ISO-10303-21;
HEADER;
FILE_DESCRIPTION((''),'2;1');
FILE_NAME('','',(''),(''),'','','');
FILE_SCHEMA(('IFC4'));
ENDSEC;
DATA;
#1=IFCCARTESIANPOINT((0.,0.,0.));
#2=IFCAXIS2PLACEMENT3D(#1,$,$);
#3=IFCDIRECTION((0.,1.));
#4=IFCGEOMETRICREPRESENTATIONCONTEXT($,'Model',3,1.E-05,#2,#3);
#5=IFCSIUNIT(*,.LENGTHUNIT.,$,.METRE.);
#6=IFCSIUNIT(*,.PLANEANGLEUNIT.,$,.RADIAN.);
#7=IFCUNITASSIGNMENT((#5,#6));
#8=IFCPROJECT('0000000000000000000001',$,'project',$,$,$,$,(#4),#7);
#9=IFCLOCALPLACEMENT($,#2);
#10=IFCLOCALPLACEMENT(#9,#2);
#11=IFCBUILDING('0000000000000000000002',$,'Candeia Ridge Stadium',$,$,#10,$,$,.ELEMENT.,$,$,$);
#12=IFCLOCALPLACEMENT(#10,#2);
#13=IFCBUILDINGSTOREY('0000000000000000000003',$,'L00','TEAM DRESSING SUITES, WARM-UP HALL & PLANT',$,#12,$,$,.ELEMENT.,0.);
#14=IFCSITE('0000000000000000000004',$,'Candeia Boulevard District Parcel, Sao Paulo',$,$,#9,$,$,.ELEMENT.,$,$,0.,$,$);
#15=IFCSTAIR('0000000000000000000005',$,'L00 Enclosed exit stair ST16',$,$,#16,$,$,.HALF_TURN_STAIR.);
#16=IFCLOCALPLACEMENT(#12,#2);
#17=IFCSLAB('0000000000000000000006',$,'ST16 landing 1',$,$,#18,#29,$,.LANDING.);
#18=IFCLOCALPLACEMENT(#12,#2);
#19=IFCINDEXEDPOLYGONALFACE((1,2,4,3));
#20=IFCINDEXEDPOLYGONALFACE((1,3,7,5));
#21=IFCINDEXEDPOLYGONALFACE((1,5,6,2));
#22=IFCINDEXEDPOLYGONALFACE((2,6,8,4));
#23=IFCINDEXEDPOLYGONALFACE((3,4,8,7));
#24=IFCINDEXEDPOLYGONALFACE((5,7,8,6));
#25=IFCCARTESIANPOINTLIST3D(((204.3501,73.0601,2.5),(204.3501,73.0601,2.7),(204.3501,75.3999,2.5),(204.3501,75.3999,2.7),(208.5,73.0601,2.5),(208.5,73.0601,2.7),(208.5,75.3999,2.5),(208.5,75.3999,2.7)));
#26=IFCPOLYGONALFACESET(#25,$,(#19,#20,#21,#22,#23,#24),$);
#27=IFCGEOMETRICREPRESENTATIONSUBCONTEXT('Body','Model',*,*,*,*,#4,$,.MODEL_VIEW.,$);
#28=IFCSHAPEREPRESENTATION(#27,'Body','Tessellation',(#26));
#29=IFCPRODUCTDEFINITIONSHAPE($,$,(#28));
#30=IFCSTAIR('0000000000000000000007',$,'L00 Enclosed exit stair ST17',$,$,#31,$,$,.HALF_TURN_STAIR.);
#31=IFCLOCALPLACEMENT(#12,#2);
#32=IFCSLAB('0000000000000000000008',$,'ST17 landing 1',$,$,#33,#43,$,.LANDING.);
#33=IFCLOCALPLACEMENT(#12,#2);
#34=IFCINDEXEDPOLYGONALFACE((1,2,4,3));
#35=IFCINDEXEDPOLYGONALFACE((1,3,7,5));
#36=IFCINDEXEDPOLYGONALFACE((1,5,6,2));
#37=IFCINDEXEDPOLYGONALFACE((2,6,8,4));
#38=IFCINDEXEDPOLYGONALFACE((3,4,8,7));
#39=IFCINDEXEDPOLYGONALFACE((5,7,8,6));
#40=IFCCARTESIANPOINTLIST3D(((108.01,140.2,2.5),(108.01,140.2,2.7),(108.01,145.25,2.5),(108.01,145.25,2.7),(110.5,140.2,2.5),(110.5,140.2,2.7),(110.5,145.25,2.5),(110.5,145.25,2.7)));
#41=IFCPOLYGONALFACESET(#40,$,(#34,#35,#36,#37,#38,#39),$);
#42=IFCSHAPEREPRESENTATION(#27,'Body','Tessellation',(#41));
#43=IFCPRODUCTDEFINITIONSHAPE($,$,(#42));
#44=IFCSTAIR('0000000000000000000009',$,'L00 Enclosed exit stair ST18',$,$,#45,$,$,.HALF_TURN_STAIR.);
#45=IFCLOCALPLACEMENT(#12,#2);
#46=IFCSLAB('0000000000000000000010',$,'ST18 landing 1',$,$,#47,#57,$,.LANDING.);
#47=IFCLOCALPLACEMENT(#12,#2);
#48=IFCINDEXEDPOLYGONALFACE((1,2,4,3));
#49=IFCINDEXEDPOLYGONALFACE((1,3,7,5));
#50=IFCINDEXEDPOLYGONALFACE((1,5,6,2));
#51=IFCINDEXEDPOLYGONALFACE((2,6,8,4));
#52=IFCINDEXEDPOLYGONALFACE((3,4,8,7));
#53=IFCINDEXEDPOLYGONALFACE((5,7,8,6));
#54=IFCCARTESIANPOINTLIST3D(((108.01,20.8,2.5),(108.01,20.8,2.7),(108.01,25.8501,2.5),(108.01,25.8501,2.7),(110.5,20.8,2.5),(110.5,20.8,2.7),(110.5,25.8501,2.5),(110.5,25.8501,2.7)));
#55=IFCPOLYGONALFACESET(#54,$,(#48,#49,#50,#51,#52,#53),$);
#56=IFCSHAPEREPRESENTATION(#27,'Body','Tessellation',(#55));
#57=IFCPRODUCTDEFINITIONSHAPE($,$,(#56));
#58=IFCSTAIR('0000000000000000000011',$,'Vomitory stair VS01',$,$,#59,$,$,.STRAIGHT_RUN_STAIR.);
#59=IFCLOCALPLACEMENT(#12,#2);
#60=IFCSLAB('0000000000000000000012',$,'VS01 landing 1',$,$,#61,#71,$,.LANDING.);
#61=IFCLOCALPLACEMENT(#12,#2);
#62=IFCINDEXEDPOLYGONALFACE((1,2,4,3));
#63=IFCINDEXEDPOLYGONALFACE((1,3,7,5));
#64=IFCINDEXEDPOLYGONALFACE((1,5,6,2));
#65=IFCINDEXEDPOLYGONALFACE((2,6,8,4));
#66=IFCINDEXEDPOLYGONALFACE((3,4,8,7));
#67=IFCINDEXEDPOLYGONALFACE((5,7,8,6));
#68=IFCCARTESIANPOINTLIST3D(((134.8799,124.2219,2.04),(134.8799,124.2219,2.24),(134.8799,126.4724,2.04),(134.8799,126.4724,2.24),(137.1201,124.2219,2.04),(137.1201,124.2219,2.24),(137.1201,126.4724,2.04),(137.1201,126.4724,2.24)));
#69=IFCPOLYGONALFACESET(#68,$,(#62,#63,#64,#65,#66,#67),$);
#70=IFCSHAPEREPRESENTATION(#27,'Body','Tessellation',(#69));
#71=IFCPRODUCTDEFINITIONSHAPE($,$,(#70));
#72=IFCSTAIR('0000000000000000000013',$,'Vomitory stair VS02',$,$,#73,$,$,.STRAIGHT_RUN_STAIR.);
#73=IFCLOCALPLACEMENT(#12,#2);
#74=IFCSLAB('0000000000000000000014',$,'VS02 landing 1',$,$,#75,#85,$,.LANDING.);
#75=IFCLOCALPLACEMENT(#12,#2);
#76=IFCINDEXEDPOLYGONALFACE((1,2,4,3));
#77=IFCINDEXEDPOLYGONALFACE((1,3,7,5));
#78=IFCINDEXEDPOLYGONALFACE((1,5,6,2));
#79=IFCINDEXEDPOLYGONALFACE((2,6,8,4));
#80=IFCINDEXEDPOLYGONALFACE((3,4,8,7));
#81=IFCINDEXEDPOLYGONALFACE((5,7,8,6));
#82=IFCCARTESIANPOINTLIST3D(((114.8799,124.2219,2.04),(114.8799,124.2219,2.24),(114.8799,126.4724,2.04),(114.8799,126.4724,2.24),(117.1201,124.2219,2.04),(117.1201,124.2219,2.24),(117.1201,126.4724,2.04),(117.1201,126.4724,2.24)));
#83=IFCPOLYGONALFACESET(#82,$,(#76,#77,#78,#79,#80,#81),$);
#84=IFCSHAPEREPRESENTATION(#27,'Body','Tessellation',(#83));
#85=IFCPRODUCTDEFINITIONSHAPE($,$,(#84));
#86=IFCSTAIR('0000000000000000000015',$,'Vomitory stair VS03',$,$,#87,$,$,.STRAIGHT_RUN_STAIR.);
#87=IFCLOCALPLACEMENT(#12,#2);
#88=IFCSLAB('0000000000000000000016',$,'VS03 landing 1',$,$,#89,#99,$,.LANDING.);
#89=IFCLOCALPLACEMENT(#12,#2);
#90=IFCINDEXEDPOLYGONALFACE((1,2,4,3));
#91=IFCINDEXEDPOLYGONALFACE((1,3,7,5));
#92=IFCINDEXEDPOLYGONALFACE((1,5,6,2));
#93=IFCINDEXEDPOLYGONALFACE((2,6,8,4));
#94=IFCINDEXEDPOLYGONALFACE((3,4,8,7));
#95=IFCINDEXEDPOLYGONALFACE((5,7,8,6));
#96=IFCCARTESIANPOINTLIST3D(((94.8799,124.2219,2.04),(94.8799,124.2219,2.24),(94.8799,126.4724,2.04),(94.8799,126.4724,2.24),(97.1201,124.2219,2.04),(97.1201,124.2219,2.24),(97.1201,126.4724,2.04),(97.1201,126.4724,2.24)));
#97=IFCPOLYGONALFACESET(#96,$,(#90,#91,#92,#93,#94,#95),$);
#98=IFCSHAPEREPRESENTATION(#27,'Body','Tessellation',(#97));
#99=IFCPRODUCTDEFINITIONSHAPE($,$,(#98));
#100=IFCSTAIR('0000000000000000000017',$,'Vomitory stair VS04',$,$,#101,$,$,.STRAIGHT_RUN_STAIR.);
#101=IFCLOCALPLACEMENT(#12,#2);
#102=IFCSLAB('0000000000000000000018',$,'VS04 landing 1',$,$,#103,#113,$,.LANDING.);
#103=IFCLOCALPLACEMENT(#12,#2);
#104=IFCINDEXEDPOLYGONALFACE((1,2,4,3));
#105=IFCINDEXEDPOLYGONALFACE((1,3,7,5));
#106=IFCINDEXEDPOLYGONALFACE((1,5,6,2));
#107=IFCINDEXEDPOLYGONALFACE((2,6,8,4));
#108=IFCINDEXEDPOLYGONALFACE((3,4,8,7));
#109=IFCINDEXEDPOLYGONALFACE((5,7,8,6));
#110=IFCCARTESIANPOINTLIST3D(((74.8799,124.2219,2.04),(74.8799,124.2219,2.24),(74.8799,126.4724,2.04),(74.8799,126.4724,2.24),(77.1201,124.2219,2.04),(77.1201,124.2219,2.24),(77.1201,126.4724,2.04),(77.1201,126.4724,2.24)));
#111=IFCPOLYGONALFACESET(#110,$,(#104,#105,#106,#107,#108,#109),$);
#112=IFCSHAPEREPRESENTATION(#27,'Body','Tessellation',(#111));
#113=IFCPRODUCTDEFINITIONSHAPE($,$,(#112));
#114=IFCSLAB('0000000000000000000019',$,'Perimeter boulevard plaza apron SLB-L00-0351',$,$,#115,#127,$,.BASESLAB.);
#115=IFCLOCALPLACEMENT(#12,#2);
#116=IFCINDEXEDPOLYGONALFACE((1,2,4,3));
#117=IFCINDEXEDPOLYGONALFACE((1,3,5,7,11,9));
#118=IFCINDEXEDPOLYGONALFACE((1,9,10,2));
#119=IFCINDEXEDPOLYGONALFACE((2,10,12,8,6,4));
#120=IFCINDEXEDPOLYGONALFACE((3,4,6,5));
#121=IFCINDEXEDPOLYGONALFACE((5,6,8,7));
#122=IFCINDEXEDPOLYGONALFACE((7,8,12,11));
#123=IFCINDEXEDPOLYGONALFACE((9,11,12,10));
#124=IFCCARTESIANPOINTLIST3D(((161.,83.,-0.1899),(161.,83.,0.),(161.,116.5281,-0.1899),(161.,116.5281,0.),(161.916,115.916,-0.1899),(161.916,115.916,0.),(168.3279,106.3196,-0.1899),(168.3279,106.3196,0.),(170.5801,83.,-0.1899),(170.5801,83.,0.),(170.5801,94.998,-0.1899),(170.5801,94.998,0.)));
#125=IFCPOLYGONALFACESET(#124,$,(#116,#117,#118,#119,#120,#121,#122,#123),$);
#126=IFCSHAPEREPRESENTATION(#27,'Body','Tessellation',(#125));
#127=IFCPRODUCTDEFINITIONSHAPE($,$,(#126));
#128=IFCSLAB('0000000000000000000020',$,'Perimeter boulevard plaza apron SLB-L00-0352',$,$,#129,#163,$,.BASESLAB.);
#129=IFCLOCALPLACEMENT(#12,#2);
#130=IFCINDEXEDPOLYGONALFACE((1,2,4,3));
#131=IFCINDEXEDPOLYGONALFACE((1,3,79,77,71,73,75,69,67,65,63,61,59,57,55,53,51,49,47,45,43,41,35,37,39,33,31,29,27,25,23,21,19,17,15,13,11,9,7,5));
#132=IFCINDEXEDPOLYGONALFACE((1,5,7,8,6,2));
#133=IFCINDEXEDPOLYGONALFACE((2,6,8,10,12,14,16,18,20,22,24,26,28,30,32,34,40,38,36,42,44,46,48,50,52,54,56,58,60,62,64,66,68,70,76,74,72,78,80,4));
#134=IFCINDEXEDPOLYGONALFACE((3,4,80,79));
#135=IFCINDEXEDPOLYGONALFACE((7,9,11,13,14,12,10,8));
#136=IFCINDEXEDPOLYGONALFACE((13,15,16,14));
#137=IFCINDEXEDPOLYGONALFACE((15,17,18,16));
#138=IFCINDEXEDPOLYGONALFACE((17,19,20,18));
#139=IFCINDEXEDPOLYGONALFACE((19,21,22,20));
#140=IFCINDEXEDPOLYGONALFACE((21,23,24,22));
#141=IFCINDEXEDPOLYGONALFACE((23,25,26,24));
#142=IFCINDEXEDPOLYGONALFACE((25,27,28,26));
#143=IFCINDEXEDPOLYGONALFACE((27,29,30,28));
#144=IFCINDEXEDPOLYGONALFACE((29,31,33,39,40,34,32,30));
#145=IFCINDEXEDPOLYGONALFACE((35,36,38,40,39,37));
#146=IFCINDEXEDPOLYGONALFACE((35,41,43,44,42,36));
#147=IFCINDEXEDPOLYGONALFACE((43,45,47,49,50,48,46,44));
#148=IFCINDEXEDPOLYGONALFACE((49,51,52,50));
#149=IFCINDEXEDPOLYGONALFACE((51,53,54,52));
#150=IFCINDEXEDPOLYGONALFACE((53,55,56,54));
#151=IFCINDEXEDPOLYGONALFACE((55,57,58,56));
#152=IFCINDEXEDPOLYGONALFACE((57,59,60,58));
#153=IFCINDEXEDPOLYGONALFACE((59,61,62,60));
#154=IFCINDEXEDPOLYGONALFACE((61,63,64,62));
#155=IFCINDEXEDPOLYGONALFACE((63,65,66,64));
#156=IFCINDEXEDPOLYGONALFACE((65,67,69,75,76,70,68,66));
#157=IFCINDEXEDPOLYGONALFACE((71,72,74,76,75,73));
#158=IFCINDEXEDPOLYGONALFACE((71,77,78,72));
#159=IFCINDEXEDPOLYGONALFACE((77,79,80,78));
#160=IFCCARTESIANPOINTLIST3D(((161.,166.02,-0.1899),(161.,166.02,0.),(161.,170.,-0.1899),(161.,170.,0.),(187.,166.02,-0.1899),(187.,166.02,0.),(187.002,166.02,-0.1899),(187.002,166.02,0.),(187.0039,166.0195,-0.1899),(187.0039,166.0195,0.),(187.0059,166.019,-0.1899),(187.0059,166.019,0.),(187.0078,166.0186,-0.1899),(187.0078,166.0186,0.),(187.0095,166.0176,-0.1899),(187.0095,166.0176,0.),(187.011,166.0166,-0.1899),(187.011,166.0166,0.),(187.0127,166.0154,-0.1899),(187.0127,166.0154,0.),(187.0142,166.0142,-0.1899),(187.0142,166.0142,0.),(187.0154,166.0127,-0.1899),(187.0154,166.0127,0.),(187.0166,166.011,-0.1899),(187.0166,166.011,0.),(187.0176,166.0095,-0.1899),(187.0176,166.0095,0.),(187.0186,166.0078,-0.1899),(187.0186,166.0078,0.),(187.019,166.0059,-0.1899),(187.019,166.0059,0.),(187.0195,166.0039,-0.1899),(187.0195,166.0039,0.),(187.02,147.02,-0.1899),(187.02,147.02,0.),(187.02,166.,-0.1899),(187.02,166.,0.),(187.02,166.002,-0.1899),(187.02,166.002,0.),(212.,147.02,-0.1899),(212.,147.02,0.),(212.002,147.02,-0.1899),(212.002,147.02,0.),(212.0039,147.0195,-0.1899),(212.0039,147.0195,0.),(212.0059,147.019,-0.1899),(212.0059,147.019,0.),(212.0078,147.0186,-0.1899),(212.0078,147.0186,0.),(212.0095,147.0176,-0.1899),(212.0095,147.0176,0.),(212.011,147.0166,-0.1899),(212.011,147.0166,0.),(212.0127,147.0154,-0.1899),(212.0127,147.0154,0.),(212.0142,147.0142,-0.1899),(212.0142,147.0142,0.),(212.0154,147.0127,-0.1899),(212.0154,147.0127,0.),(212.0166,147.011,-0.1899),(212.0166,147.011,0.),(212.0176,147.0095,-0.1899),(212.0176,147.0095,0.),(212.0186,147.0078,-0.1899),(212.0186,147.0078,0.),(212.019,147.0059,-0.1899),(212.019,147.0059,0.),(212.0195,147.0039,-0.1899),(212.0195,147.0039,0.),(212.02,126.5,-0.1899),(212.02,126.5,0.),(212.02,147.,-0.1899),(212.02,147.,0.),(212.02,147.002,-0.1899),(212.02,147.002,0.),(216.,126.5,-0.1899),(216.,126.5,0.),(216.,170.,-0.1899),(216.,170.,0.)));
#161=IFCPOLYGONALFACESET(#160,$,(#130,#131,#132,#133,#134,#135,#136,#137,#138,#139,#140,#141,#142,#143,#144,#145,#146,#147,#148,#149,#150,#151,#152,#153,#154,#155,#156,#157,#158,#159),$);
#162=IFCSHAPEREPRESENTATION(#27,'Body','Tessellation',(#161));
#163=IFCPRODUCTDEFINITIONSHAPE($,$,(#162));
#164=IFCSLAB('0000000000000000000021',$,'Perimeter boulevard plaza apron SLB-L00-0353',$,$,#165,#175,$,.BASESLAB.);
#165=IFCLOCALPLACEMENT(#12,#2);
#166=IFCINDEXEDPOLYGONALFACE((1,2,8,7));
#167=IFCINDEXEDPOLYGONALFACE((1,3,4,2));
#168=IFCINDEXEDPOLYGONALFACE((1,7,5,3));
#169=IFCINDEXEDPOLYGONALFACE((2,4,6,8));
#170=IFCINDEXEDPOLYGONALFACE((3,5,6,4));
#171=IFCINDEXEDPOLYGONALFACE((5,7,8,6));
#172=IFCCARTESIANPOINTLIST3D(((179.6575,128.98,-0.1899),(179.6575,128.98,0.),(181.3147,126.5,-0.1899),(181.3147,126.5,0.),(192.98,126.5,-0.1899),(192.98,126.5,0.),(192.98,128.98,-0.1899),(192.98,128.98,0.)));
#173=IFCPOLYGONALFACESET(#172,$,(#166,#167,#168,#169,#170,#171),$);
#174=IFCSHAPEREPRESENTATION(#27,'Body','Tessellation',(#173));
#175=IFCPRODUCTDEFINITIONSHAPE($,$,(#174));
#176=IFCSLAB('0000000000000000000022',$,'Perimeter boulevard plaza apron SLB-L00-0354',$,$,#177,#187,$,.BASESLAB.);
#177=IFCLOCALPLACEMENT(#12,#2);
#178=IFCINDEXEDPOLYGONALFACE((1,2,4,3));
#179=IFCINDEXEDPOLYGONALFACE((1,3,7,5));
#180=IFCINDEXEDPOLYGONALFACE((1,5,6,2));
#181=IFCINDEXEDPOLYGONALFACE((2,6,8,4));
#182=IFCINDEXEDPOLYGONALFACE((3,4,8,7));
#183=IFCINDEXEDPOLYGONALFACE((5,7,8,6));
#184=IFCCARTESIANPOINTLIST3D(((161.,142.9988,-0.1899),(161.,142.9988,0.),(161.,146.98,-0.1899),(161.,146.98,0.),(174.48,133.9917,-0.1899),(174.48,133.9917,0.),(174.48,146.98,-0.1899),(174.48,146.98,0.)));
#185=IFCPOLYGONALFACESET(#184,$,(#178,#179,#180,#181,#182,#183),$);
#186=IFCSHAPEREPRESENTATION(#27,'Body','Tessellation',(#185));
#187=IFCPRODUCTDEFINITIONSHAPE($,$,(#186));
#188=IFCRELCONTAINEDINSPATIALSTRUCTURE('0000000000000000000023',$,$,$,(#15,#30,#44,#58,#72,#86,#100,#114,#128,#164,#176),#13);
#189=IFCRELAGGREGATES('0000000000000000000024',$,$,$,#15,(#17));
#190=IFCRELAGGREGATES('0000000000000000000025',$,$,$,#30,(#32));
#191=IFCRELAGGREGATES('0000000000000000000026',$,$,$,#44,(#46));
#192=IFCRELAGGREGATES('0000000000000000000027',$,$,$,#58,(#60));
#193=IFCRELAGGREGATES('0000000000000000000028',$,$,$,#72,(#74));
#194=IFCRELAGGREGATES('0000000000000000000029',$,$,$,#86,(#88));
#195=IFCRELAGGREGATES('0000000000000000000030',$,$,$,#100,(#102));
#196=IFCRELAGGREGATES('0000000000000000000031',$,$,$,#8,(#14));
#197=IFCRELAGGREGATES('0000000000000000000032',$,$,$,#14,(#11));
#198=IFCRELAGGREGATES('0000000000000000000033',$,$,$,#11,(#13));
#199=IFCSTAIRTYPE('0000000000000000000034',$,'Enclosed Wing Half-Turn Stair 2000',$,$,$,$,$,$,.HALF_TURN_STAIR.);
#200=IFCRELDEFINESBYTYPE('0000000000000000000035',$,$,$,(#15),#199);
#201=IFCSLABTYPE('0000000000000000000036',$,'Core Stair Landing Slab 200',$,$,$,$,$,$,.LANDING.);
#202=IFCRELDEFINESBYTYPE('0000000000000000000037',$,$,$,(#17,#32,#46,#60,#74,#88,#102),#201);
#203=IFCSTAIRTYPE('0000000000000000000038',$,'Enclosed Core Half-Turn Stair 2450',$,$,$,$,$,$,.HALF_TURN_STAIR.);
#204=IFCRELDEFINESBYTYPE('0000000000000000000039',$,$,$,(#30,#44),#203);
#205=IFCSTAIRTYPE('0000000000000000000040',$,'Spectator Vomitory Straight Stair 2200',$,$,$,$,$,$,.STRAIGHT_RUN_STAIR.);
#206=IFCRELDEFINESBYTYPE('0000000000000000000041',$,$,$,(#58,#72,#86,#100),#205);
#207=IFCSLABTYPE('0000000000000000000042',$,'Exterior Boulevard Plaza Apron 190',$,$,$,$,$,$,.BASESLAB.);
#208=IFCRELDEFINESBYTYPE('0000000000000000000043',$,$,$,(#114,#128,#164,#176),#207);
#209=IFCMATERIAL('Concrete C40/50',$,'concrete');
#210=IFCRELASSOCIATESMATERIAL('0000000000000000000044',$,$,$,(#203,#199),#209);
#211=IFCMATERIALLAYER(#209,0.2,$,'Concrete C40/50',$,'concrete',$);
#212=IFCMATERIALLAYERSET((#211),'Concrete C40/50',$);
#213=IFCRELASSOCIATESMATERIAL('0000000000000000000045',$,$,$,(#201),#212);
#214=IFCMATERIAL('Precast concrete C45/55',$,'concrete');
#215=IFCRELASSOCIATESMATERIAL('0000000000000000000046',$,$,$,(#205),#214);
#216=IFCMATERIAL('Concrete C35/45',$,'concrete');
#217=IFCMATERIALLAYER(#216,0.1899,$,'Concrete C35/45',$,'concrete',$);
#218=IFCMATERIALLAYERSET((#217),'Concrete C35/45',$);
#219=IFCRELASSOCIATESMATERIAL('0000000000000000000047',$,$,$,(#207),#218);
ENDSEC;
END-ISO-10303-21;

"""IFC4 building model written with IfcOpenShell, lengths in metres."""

from ifc_helpers import new_model, si_unit, direction, frame, origin, place, context, subcontext, project, spatial, polyline, outline, extrude, material, layer, layer_set, type_object, element, aggregate, save


model = new_model("IFC4")

# Units and contexts
model_context = context("Model", 3, precision=1e-05, world=origin(), true_north=direction((0.0, 1.0)))
body_context = subcontext(model_context, "Body", "Model", "MODEL_VIEW")
ifc_project = project(units=[si_unit("LENGTHUNIT", "METRE"), si_unit("PLANEANGLEUNIT", "RADIAN")], contexts=[model_context])

# Site, building, storey
site_placement = place(None, origin())
site = spatial("IfcSite", under=ifc_project, at=site_placement, Name="Candeia Boulevard District Parcel, Sao Paulo", CompositionType="ELEMENT", RefElevation=0.0)
building_placement = place(site_placement, origin())
building = spatial("IfcBuilding", under=site, at=building_placement, Name="Candeia Ridge Stadium", CompositionType="ELEMENT")
storey_placement = place(building_placement, origin())
storey = spatial("IfcBuildingStorey", under=building, at=storey_placement, Name="L00", Description="TEAM DRESSING SUITES, WARM-UP HALL & PLANT", CompositionType="ELEMENT", Elevation=0.0)

# Stairs, slabs
ifc_material_1 = material(Name="Concrete C40/50", Category="concrete")
stair_type_1 = type_object("IfcStairType", Name="Enclosed Core Half-Turn Stair 2450", PredefinedType="HALF_TURN_STAIR", material=ifc_material_1)
ifc_layer_1 = layer(ifc_material_1, 0.2, Name="Concrete C40/50", Category="concrete")
ifc_layer_set_1 = layer_set([ifc_layer_1], Name="Concrete C40/50")
slab_type_1 = type_object("IfcSlabType", Name="Core Stair Landing Slab 200", PredefinedType="LANDING", material=ifc_layer_set_1)
stair_type_2 = type_object("IfcStairType", Name="Enclosed Wing Half-Turn Stair 2000", PredefinedType="HALF_TURN_STAIR", material=ifc_material_1)
stair_1_placement = place(storey_placement, origin())
stair_1 = element("IfcStair", 1, at=stair_1_placement, inside=storey, type_object=stair_type_2, Name="L00 Enclosed exit stair ST16", PredefinedType="HALF_TURN_STAIR")
slab_1_placement = place(storey_placement, frame((0.0, 0.0, 2.5)))
slab_1 = element("IfcSlab", 2, at=slab_1_placement, type_object=slab_type_1, Name="ST16 landing 1", PredefinedType="LANDING", context=body_context, shape_type="SweptSolid", body=[
    extrude(outline(polyline([(208.5, 73.0601), (208.5, 75.3999), (204.3501, 75.3999), (204.3501, 73.0601), (208.5, 73.0601)])), origin(), (0.0, 0.0, 1.0), 0.2),
])
aggregate(stair_1, [slab_1])
stair_2_placement = place(storey_placement, origin())
stair_2 = element("IfcStair", 3, at=stair_2_placement, inside=storey, type_object=stair_type_1, Name="L00 Enclosed exit stair ST17", PredefinedType="HALF_TURN_STAIR")
slab_2_placement = place(storey_placement, frame((0.0, 0.0, 2.5)))
slab_2 = element("IfcSlab", 4, at=slab_2_placement, type_object=slab_type_1, Name="ST17 landing 1", PredefinedType="LANDING", context=body_context, shape_type="SweptSolid", body=[
    extrude(outline(polyline([(108.01, 140.2), (110.5, 140.2), (110.5, 145.25), (108.01, 145.25), (108.01, 140.2)])), origin(), (0.0, 0.0, 1.0), 0.2),
])
aggregate(stair_2, [slab_2])
stair_3_placement = place(storey_placement, origin())
stair_3 = element("IfcStair", 5, at=stair_3_placement, inside=storey, type_object=stair_type_1, Name="L00 Enclosed exit stair ST18", PredefinedType="HALF_TURN_STAIR")
slab_3_placement = place(storey_placement, frame((0.0, 0.0, 2.5)))
slab_3 = element("IfcSlab", 6, at=slab_3_placement, type_object=slab_type_1, Name="ST18 landing 1", PredefinedType="LANDING", context=body_context, shape_type="SweptSolid", body=[
    extrude(outline(polyline([(108.01, 20.8), (110.5, 20.8), (110.5, 25.8501), (108.01, 25.8501), (108.01, 20.8)])), origin(), (0.0, 0.0, 1.0), 0.2),
])
aggregate(stair_3, [slab_3])
ifc_material_2 = material(Name="Precast concrete C45/55", Category="concrete")
stair_type_3 = type_object("IfcStairType", Name="Spectator Vomitory Straight Stair 2200", PredefinedType="STRAIGHT_RUN_STAIR", material=ifc_material_2)
stair_4_placement = place(storey_placement, origin())
stair_4 = element("IfcStair", 7, at=stair_4_placement, inside=storey, type_object=stair_type_3, Name="Vomitory stair VS01", PredefinedType="STRAIGHT_RUN_STAIR")
slab_4_placement = place(storey_placement, frame((0.0, 0.0, 2.04)))
slab_4 = element("IfcSlab", 8, at=slab_4_placement, type_object=slab_type_1, Name="VS01 landing 1", PredefinedType="LANDING", context=body_context, shape_type="SweptSolid", body=[
    extrude(outline(polyline([(137.1201, 126.4724), (137.1201, 124.2219), (134.8799, 124.2219), (134.8799, 126.4724), (137.1201, 126.4724)])), origin(), (0.0, 0.0, 1.0), 0.2),
])
aggregate(stair_4, [slab_4])
stair_5_placement = place(storey_placement, origin())
stair_5 = element("IfcStair", 9, at=stair_5_placement, inside=storey, type_object=stair_type_3, Name="Vomitory stair VS02", PredefinedType="STRAIGHT_RUN_STAIR")
slab_5_placement = place(storey_placement, frame((0.0, 0.0, 2.04)))
slab_5 = element("IfcSlab", 10, at=slab_5_placement, type_object=slab_type_1, Name="VS02 landing 1", PredefinedType="LANDING", context=body_context, shape_type="SweptSolid", body=[
    extrude(outline(polyline([(117.1201, 126.4724), (117.1201, 124.2219), (114.8799, 124.2219), (114.8799, 126.4724), (117.1201, 126.4724)])), origin(), (0.0, 0.0, 1.0), 0.2),
])
aggregate(stair_5, [slab_5])
stair_6_placement = place(storey_placement, origin())
stair_6 = element("IfcStair", 11, at=stair_6_placement, inside=storey, type_object=stair_type_3, Name="Vomitory stair VS03", PredefinedType="STRAIGHT_RUN_STAIR")
slab_6_placement = place(storey_placement, frame((0.0, 0.0, 2.04)))
slab_6 = element("IfcSlab", 12, at=slab_6_placement, type_object=slab_type_1, Name="VS03 landing 1", PredefinedType="LANDING", context=body_context, shape_type="SweptSolid", body=[
    extrude(outline(polyline([(97.1201, 126.4724), (97.1201, 124.2219), (94.8799, 124.2219), (94.8799, 126.4724), (97.1201, 126.4724)])), origin(), (0.0, 0.0, 1.0), 0.2),
])
aggregate(stair_6, [slab_6])
stair_7_placement = place(storey_placement, origin())
stair_7 = element("IfcStair", 13, at=stair_7_placement, inside=storey, type_object=stair_type_3, Name="Vomitory stair VS04", PredefinedType="STRAIGHT_RUN_STAIR")
slab_7_placement = place(storey_placement, frame((0.0, 0.0, 2.04)))
slab_7 = element("IfcSlab", 14, at=slab_7_placement, type_object=slab_type_1, Name="VS04 landing 1", PredefinedType="LANDING", context=body_context, shape_type="SweptSolid", body=[
    extrude(outline(polyline([(77.1201, 126.4724), (77.1201, 124.2219), (74.8799, 124.2219), (74.8799, 126.4724), (77.1201, 126.4724)])), origin(), (0.0, 0.0, 1.0), 0.2),
])
aggregate(stair_7, [slab_7])

# Slabs
ifc_material_3 = material(Name="Concrete C35/45", Category="concrete")
ifc_layer_2 = layer(ifc_material_3, 0.1899, Name="Concrete C35/45", Category="concrete")
ifc_layer_set_2 = layer_set([ifc_layer_2], Name="Concrete C35/45")
slab_type_2 = type_object("IfcSlabType", Name="Exterior Boulevard Plaza Apron 190", PredefinedType="BASESLAB", material=ifc_layer_set_2)
slab_8_placement = place(storey_placement, frame((0.0, 0.0, -0.1899)))
element("IfcSlab", 15, at=slab_8_placement, inside=storey, type_object=slab_type_2, Name="Perimeter boulevard plaza apron SLB-L00-0351", PredefinedType="BASESLAB", context=body_context, shape_type="SweptSolid", body=[
    extrude(outline(polyline([(161.916, 115.916), (168.3279, 106.3196), (170.5801, 94.998), (170.5801, 83.0), (161.0, 83.0), (161.0, 116.5281), (161.916, 115.916)])), origin(), (0.0, 0.0, 1.0), 0.1899),
])
slab_9_placement = place(storey_placement, frame((0.0, 0.0, -0.1899)))
element("IfcSlab", 16, at=slab_9_placement, inside=storey, type_object=slab_type_2, Name="Perimeter boulevard plaza apron SLB-L00-0352", PredefinedType="BASESLAB", context=body_context, shape_type="SweptSolid", body=[
    extrude(outline(polyline([(216.0, 170.0), (216.0, 126.5), (212.02, 126.5), (212.02, 147.0), (212.02, 147.002), (212.0195, 147.0039), (212.019, 147.0059), (212.0186, 147.0078), (212.0176, 147.0095), (212.0166, 147.011), (212.0154, 147.0127), (212.0142, 147.0142), (212.0127, 147.0154), (212.011, 147.0166), (212.0095, 147.0176), (212.0078, 147.0186), (212.0059, 147.019), (212.0039, 147.0195), (212.002, 147.02), (212.0, 147.02), (187.02, 147.02), (187.02, 166.0), (187.02, 166.002), (187.0195, 166.0039), (187.019, 166.0059), (187.0186, 166.0078), (187.0176, 166.0095), (187.0166, 166.011), (187.0154, 166.0127), (187.0142, 166.0142), (187.0127, 166.0154), (187.011, 166.0166), (187.0095, 166.0176), (187.0078, 166.0186), (187.0059, 166.019), (187.0039, 166.0195), (187.002, 166.02), (187.0, 166.02), (161.0, 166.02), (161.0, 170.0), (216.0, 170.0)])), origin(), (0.0, 0.0, 1.0), 0.1899),
])
slab_10_placement = place(storey_placement, frame((0.0, 0.0, -0.1899)))
element("IfcSlab", 17, at=slab_10_placement, inside=storey, type_object=slab_type_2, Name="Perimeter boulevard plaza apron SLB-L00-0353", PredefinedType="BASESLAB", context=body_context, shape_type="SweptSolid", body=[
    extrude(outline(polyline([(192.98, 128.98), (192.98, 126.5), (181.3147, 126.5), (179.6575, 128.98), (192.98, 128.98)])), origin(), (0.0, 0.0, 1.0), 0.1899),
])
slab_11_placement = place(storey_placement, frame((0.0, 0.0, -0.1899)))
element("IfcSlab", 18, at=slab_11_placement, inside=storey, type_object=slab_type_2, Name="Perimeter boulevard plaza apron SLB-L00-0354", PredefinedType="BASESLAB", context=body_context, shape_type="SweptSolid", body=[
    extrude(outline(polyline([(161.0, 142.9988), (161.0, 146.98), (174.48, 146.98), (174.48, 133.9917), (161.0, 142.9988)])), origin(), (0.0, 0.0, 1.0), 0.1899),
])

save(model, "model.ifc")
